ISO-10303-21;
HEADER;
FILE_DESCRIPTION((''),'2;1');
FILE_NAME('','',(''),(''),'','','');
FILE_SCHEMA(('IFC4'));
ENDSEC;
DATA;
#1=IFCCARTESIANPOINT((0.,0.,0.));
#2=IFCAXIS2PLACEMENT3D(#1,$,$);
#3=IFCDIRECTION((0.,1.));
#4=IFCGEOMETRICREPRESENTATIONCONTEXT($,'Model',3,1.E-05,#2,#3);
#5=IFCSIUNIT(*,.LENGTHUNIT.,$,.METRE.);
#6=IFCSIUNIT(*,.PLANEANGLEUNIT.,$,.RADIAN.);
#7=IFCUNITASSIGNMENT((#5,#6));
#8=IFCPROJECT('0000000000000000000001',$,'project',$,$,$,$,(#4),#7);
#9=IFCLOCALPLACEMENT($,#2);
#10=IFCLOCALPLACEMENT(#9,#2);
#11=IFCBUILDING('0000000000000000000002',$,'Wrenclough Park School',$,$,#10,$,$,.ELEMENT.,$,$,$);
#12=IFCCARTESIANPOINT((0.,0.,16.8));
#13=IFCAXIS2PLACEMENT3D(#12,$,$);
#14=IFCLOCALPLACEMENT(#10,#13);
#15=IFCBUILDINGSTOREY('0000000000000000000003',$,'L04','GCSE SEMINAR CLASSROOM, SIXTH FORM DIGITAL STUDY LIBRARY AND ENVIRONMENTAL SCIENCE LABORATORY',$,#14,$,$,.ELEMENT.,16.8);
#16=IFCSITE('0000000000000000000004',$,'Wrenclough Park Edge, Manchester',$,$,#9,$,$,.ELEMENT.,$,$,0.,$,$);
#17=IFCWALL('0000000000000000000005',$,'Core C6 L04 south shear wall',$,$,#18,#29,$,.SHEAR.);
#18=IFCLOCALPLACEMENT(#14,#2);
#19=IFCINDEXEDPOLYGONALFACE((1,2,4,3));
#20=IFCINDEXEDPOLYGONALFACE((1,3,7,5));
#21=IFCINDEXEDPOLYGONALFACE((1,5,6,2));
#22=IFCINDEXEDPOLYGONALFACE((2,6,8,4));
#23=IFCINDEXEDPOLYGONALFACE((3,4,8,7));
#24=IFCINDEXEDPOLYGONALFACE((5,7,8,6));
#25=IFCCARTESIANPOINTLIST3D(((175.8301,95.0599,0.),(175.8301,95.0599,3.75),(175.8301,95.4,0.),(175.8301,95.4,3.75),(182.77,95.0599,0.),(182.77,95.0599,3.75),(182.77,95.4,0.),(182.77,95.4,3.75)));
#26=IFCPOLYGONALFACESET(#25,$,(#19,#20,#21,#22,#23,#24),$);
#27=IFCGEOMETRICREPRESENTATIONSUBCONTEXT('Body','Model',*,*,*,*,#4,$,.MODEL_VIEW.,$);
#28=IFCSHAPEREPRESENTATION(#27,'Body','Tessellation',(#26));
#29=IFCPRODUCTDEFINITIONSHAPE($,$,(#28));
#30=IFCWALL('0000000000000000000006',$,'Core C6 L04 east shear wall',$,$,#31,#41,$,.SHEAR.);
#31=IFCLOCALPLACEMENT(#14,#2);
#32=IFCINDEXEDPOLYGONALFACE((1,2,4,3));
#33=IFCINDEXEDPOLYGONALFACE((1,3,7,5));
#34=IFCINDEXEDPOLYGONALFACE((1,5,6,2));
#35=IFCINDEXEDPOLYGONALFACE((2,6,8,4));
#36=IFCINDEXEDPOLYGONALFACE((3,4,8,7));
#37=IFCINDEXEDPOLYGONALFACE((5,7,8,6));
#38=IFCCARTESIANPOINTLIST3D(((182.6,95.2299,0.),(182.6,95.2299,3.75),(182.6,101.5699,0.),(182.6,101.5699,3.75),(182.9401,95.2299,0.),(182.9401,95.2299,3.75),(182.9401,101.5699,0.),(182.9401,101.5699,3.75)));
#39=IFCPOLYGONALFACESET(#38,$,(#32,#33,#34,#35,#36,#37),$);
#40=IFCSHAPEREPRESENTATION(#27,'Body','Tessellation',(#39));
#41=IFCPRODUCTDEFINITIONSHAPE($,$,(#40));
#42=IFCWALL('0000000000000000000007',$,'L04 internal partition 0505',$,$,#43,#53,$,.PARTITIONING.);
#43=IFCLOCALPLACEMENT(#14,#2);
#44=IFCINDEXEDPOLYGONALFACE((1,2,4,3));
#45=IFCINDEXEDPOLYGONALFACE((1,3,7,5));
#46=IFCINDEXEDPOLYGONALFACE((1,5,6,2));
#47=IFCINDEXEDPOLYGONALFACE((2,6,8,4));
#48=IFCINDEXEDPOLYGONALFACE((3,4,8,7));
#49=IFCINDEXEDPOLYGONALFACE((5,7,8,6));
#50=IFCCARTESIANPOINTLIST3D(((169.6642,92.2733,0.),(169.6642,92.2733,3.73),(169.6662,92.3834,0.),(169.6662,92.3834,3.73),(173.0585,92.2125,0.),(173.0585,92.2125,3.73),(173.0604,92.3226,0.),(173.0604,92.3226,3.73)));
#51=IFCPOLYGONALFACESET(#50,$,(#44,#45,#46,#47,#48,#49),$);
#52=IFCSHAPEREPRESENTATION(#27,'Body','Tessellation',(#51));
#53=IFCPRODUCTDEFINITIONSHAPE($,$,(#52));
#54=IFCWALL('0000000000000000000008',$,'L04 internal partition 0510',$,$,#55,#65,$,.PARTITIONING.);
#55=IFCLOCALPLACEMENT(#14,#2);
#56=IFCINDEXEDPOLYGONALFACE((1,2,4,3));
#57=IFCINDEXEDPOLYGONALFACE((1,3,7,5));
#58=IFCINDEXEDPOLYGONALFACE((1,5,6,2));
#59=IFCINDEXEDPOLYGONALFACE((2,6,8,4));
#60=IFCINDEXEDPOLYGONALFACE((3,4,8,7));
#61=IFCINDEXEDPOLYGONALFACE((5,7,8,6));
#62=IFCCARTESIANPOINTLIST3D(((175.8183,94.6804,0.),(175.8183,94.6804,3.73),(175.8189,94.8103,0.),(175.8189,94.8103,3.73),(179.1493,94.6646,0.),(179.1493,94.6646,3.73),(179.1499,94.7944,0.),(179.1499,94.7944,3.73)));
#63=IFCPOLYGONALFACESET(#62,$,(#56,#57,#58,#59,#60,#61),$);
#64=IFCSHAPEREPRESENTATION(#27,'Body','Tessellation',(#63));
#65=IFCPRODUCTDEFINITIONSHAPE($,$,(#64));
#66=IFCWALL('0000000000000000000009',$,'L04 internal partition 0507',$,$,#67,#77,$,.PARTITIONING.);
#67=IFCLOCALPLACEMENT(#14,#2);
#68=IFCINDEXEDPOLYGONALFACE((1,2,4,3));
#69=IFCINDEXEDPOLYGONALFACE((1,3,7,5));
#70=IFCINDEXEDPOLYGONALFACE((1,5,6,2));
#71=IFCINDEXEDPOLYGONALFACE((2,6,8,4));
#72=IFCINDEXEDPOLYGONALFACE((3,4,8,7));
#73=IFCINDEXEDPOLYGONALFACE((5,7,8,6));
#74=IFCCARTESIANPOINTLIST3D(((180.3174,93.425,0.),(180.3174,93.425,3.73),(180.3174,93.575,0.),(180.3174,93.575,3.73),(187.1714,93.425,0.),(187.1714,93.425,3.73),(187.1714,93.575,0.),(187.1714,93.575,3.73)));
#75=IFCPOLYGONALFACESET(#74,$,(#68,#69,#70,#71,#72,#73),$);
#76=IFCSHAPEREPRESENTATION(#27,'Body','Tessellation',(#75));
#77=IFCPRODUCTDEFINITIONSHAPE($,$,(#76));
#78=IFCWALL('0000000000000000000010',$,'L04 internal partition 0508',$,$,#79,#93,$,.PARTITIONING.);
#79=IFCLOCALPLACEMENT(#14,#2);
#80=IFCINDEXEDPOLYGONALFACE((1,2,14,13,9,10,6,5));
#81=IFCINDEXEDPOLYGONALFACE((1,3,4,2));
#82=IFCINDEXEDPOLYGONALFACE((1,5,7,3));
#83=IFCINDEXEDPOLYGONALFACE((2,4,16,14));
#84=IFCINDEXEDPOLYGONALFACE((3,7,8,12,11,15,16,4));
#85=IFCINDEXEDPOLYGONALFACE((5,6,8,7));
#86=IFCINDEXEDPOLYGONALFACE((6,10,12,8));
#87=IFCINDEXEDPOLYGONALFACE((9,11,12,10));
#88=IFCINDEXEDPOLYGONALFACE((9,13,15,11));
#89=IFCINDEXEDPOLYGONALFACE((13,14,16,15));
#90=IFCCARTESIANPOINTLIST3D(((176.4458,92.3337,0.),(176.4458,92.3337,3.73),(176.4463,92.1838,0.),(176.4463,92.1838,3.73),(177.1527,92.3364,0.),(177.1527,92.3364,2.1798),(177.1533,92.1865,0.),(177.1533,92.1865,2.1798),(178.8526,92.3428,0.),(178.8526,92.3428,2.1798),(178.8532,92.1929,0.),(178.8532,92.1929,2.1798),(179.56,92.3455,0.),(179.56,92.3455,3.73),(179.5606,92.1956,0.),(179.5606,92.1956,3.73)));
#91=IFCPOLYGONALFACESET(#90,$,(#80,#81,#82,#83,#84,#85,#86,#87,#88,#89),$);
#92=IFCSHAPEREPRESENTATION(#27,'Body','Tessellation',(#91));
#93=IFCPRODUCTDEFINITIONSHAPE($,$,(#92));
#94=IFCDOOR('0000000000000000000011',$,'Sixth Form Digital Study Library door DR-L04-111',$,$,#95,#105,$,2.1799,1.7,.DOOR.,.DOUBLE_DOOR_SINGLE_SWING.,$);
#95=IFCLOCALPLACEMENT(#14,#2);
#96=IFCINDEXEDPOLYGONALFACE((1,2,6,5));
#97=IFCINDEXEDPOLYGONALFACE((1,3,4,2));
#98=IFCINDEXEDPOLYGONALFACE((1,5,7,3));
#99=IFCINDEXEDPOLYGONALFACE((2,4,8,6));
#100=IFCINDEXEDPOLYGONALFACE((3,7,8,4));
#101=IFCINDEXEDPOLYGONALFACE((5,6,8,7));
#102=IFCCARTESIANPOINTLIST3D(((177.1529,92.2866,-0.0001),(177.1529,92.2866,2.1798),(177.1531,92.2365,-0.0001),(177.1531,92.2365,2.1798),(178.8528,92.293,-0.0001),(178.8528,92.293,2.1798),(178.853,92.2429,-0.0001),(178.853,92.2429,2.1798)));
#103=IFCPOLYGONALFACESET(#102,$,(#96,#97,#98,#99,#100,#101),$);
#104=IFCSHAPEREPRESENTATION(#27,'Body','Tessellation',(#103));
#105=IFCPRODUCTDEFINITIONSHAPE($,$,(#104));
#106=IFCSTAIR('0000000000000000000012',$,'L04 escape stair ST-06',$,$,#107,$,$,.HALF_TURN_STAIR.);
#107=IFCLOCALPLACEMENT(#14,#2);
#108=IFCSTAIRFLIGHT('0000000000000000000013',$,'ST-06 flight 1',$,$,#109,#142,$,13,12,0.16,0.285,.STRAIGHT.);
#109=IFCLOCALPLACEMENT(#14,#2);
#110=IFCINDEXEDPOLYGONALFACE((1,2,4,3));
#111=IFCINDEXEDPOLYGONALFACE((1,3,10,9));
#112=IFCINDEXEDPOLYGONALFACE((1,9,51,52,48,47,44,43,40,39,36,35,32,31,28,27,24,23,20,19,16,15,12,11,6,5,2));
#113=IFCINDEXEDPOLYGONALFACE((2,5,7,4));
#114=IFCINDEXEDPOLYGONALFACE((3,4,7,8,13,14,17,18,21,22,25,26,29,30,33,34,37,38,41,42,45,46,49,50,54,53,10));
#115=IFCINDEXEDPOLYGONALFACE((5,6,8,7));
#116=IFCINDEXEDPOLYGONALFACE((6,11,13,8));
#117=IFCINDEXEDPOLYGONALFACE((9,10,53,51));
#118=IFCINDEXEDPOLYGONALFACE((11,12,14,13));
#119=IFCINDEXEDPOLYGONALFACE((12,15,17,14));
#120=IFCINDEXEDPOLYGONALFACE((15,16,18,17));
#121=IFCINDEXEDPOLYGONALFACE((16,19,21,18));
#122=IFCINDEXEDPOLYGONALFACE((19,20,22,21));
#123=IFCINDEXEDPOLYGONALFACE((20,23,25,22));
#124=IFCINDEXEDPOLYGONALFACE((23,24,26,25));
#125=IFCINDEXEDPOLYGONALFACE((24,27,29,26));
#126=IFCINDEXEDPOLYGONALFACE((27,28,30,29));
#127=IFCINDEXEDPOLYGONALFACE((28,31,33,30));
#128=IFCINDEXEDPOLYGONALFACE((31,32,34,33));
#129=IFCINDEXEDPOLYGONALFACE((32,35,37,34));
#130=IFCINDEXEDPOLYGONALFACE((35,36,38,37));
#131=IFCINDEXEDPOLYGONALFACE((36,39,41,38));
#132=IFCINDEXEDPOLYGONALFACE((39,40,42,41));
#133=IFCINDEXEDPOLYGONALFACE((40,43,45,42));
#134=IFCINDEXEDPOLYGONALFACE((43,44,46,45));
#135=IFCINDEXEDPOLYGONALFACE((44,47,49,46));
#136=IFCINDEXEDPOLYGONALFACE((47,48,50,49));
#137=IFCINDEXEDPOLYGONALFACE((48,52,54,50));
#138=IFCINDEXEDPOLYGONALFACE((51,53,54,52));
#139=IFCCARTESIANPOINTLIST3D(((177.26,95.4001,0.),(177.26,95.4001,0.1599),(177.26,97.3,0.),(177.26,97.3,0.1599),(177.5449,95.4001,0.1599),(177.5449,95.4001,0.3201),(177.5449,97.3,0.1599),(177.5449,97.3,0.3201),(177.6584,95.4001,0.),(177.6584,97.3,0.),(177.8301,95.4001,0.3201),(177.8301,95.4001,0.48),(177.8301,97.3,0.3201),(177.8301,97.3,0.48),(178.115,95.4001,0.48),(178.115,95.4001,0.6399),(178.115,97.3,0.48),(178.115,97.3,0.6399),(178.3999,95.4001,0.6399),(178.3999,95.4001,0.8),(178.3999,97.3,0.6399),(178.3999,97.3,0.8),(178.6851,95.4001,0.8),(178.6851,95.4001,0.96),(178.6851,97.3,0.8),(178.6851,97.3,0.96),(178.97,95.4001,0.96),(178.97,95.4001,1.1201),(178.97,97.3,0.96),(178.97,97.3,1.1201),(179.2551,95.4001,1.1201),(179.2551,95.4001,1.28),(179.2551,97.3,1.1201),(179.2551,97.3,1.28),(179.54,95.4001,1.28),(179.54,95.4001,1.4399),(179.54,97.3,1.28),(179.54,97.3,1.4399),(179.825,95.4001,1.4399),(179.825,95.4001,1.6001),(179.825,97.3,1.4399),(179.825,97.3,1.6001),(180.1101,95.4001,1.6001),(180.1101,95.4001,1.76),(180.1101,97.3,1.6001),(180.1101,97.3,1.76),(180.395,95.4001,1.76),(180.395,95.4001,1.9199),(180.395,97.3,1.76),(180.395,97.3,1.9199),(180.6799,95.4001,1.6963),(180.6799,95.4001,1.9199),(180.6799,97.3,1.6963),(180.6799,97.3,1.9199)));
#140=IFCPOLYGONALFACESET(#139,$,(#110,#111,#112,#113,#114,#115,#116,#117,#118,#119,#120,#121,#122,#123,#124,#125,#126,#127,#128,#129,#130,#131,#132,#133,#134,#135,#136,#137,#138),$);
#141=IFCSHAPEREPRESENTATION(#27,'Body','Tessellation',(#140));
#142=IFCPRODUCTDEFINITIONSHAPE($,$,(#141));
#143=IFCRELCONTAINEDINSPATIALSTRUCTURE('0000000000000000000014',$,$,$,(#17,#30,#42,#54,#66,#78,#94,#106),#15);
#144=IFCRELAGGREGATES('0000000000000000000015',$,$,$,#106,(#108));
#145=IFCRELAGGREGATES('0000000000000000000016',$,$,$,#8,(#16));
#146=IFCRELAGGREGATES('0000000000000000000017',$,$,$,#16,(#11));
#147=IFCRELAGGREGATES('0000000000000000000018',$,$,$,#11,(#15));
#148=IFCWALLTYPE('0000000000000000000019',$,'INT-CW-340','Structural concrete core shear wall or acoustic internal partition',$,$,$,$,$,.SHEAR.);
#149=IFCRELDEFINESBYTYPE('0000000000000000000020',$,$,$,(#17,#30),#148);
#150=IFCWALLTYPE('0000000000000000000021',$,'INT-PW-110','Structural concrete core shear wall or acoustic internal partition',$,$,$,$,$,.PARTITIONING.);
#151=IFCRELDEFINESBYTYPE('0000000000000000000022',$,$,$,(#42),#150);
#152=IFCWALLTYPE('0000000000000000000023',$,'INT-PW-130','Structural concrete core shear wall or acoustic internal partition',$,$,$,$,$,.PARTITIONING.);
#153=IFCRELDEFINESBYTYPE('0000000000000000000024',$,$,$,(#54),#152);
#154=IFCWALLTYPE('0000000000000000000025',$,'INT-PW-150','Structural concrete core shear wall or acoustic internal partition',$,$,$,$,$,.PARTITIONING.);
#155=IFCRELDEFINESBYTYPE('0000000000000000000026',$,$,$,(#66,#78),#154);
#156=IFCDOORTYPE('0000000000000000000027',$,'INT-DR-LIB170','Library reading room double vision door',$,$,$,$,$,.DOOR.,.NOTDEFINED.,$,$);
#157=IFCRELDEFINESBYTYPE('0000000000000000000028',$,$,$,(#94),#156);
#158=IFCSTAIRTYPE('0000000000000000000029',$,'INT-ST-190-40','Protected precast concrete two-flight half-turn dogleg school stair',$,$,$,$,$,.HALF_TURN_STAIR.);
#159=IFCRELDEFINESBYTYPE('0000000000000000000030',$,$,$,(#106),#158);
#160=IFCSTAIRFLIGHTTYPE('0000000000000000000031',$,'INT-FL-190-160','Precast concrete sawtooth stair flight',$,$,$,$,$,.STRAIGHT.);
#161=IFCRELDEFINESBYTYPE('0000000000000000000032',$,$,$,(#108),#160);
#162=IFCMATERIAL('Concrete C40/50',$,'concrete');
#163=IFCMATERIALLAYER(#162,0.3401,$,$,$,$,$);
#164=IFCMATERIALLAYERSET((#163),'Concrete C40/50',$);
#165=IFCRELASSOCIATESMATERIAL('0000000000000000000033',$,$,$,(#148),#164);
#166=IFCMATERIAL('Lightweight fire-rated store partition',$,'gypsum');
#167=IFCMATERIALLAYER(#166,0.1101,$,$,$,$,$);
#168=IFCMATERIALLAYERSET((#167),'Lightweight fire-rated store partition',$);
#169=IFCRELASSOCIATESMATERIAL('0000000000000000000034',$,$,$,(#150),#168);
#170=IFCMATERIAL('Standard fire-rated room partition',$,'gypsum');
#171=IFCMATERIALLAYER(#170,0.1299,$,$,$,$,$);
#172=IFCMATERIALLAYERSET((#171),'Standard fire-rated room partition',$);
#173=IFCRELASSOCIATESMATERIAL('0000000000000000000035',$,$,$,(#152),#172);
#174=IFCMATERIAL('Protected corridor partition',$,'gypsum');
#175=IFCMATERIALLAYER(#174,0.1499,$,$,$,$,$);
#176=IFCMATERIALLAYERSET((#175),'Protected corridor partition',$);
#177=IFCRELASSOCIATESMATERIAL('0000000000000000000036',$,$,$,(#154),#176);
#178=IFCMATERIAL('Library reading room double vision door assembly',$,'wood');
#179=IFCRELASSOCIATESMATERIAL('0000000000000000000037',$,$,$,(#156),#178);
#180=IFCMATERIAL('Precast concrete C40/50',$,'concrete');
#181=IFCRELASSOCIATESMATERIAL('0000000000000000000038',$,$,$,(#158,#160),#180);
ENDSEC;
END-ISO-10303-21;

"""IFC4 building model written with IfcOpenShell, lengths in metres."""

from ifc_helpers import new_model, si_unit, direction, frame, frame_2d, origin, place, context, subcontext, project, spatial, polyline, rectangle, outline, extrude, material, layer, layer_set, type_object, element, fill, aggregate, save


model = new_model("IFC4")

# Units and contexts
model_context = context("Model", 3, precision=1e-05, world=origin(), true_north=direction((0.0, 1.0)))
body_context = subcontext(model_context, "Body", "Model", "MODEL_VIEW")
ifc_project = project(units=[si_unit("LENGTHUNIT", "METRE"), si_unit("PLANEANGLEUNIT", "RADIAN")], contexts=[model_context])

# Site, building, storey
site_placement = place(None, origin())
site = spatial("IfcSite", under=ifc_project, at=site_placement, Name="Wrenclough Park Edge, Manchester", CompositionType="ELEMENT", RefElevation=0.0)
building_placement = place(site_placement, origin())
building = spatial("IfcBuilding", under=site, at=building_placement, Name="Wrenclough Park School", CompositionType="ELEMENT")
storey_placement = place(building_placement, frame((0.0, 0.0, 16.8)))
storey = spatial("IfcBuildingStorey", under=building, at=storey_placement, Name="L04", Description="GCSE SEMINAR CLASSROOM, SIXTH FORM DIGITAL STUDY LIBRARY AND ENVIRONMENTAL SCIENCE LABORATORY", CompositionType="ELEMENT", Elevation=16.8)

# Shared definitions
ifc_material_1 = material(Name="Concrete C40/50", Category="concrete")

# Shared definitions
ifc_layer_1 = layer(ifc_material_1, 0.3401)
ifc_layer_set_1 = layer_set([ifc_layer_1], Name="Concrete C40/50")
wall_type_1 = type_object("IfcWallType", Name="INT-CW-340", Description="Structural concrete core shear wall or acoustic internal partition", PredefinedType="SHEAR", material=ifc_layer_set_1)

# Walls
wall_1_placement = place(storey_placement, frame((175.8301, 95.23, 0.0), z_axis=(0.0, 0.0, 1.0), x_axis=(1.0, 0.0, 0.0)))
element("IfcWall", 1, at=wall_1_placement, inside=storey, type_object=wall_type_1, Name="Core C6 L04 south shear wall", PredefinedType="SHEAR", context=body_context, shape_type="SweptSolid", body=[
    extrude(rectangle(XDim=6.9399, YDim=0.3401, at=frame_2d((3.47, 0.0))), origin(), (0.0, 0.0, 1.0), 3.75),
])
wall_2_placement = place(storey_placement, frame((182.77, 95.23, 0.0), z_axis=(0.0, 0.0, 1.0), x_axis=(0.0, 1.0, 0.0)))
element("IfcWall", 2, at=wall_2_placement, inside=storey, type_object=wall_type_1, Name="Core C6 L04 east shear wall", PredefinedType="SHEAR", context=body_context, shape_type="SweptSolid", body=[
    extrude(rectangle(XDim=6.3401, YDim=0.3401, at=frame_2d((3.1699, 0.0))), origin(), (0.0, 0.0, 1.0), 3.75),
])
ifc_material_2 = material(Name="Lightweight fire-rated store partition", Category="gypsum")
ifc_layer_2 = layer(ifc_material_2, 0.1101)
ifc_layer_set_2 = layer_set([ifc_layer_2], Name="Lightweight fire-rated store partition")
wall_type_2 = type_object("IfcWallType", Name="INT-PW-110", Description="Structural concrete core shear wall or acoustic internal partition", PredefinedType="PARTITIONING", material=ifc_layer_set_2)
wall_3_placement = place(storey_placement, frame((173.0593, 92.2676, 0.0), z_axis=(0.0, 0.0, 1.0), x_axis=(-0.99984, 0.017907, 0.0)))
element("IfcWall", 3, at=wall_3_placement, inside=storey, type_object=wall_type_2, Name="L04 internal partition 0505", PredefinedType="PARTITIONING", context=body_context, shape_type="SweptSolid", body=[
    extrude(rectangle(XDim=3.3948, YDim=0.1101, at=frame_2d((1.6973, 0.0))), origin(), (0.0, 0.0, 1.0), 3.73),
])
ifc_material_3 = material(Name="Standard fire-rated room partition", Category="gypsum")
ifc_layer_3 = layer(ifc_material_3, 0.1299)
ifc_layer_set_3 = layer_set([ifc_layer_3], Name="Standard fire-rated room partition")
wall_type_3 = type_object("IfcWallType", Name="INT-PW-130", Description="Structural concrete core shear wall or acoustic internal partition", PredefinedType="PARTITIONING", material=ifc_layer_set_3)
wall_4_placement = place(storey_placement, frame((175.8186, 94.7454, 0.0), z_axis=(0.0, 0.0, 1.0), x_axis=(0.999989, -0.004764, 0.0)))
element("IfcWall", 4, at=wall_4_placement, inside=storey, type_object=wall_type_3, Name="L04 internal partition 0510", PredefinedType="PARTITIONING", context=body_context, shape_type="SweptSolid", body=[
    extrude(rectangle(XDim=3.3311, YDim=0.1299, at=frame_2d((1.6655, 0.0))), origin(), (0.0, 0.0, 1.0), 3.73),
])
ifc_material_4 = material(Name="Protected corridor partition", Category="gypsum")
ifc_layer_4 = layer(ifc_material_4, 0.1499)
ifc_layer_set_4 = layer_set([ifc_layer_4], Name="Protected corridor partition")
wall_type_4 = type_object("IfcWallType", Name="INT-PW-150", Description="Structural concrete core shear wall or acoustic internal partition", PredefinedType="PARTITIONING", material=ifc_layer_set_4)
wall_5_placement = place(storey_placement, frame((187.1714, 93.5, 0.0), z_axis=(0.0, 0.0, 1.0), x_axis=(-1.0, 0.0, 0.0)))
element("IfcWall", 5, at=wall_5_placement, inside=storey, type_object=wall_type_4, Name="L04 internal partition 0507", PredefinedType="PARTITIONING", context=body_context, shape_type="SweptSolid", body=[
    extrude(rectangle(XDim=6.854, YDim=0.1499, at=frame_2d((3.427, 0.0))), origin(), (0.0, 0.0, 1.0), 3.73),
])

# Wall, opening, door
wall_6_placement = place(storey_placement, frame((179.5603, 92.2705, 0.0), z_axis=(0.0, 0.0, 1.0), x_axis=(-0.999993, -0.003763, 0.0)))
wall_6 = element("IfcWall", 6, at=wall_6_placement, inside=storey, type_object=wall_type_4, Name="L04 internal partition 0508", PredefinedType="PARTITIONING", context=body_context, shape_type="SweptSolid", body=[
    extrude(rectangle(XDim=3.1143, YDim=0.1499, at=frame_2d((1.5571, 0.0))), origin(), (0.0, 0.0, 1.0), 3.73),
])
opening_1_placement = place(wall_6_placement, frame((0.7073, 0.0, 0.0)))
opening_1 = element("IfcOpeningElement", 7, at=opening_1_placement, cuts=wall_6, PredefinedType="OPENING", context=body_context, shape_type="SweptSolid", body=[
    extrude(rectangle(XDim=1.7, YDim=2.1799, at=frame_2d((0.8501, 1.0898))), frame((0.0, 0.085, 0.0), z_axis=(0.0, -1.0, 0.0), x_axis=(1.0, 0.0, 0.0)), (0.0, 0.0, 1.0), 0.1699),
])
ifc_material_5 = material(Name="Library reading room double vision door assembly", Category="wood")
door_type_1 = type_object("IfcDoorType", Name="INT-DR-LIB170", Description="Library reading room double vision door", OperationType="NOTDEFINED", PredefinedType="DOOR", material=ifc_material_5)
door_1_placement = place(opening_1_placement, origin())
door_1 = element("IfcDoor", 8, at=door_1_placement, inside=storey, type_object=door_type_1, Name="Sixth Form Digital Study Library door DR-L04-111", OperationType="DOUBLE_DOOR_SINGLE_SWING", OverallHeight=2.1799, OverallWidth=1.7, PredefinedType="DOOR", context=body_context, shape_type="SweptSolid", body=[
    extrude(rectangle(XDim=1.7, YDim=2.1799, at=frame_2d((0.8501, 1.0898))), frame((0.0, 0.0249, 0.0), z_axis=(0.0, -1.0, 0.0), x_axis=(1.0, 0.0, 0.0)), (0.0, 0.0, 1.0), 0.05),
])
fill(opening_1, door_1)

# Stair, stair flight
ifc_material_6 = material(Name="Precast concrete C40/50", Category="concrete")
stair_type = type_object("IfcStairType", Name="INT-ST-190-40", Description="Protected precast concrete two-flight half-turn dogleg school stair", PredefinedType="HALF_TURN_STAIR", material=ifc_material_6)
stair_placement = place(storey_placement, origin())
stair = element("IfcStair", 9, at=stair_placement, inside=storey, type_object=stair_type, Name="L04 escape stair ST-06", PredefinedType="HALF_TURN_STAIR")
stair_flight_type = type_object("IfcStairFlightType", Name="INT-FL-190-160", Description="Precast concrete sawtooth stair flight", PredefinedType="STRAIGHT", material=ifc_material_6)
stair_flight_placement = place(storey_placement, frame((177.26, 96.3501, 0.0), z_axis=(0.0, 0.0, 1.0), x_axis=(1.0, 0.0, 0.0)))
stair_flight = element("IfcStairFlight", 10, at=stair_flight_placement, type_object=stair_flight_type, Name="ST-06 flight 1", NumberOfRisers=13, NumberOfTreads=12, PredefinedType="STRAIGHT", RiserHeight=0.16, TreadLength=0.285, context=body_context, shape_type="SweptSolid", body=[
    extrude(outline(polyline([(0.0, 0.0), (0.0, 0.1599), (0.2849, 0.1599), (0.2849, 0.3201), (0.5701, 0.3201), (0.5701, 0.48), (0.855, 0.48), (0.855, 0.6399), (1.1399, 0.6399), (1.1399, 0.8), (1.425, 0.8), (1.425, 0.96), (1.71, 0.96), (1.71, 1.1201), (1.9951, 1.1201), (1.9951, 1.28), (2.28, 1.28), (2.28, 1.4399), (2.5649, 1.4399), (2.5649, 1.6001), (2.8501, 1.6001), (2.8501, 1.76), (3.135, 1.76), (3.135, 1.9199), (3.4199, 1.9199), (3.4199, 2.0801), (3.4199, 1.6963), (0.3984, 0.0), (0.0, 0.0)])), frame((0.0, 0.95, 0.0), z_axis=(0.0, -1.0, 0.0), x_axis=(1.0, 0.0, 0.0)), (0.0, 0.0, 1.0), 1.8999),
])
aggregate(stair, [stair_flight])

save(model, "model.ifc")
